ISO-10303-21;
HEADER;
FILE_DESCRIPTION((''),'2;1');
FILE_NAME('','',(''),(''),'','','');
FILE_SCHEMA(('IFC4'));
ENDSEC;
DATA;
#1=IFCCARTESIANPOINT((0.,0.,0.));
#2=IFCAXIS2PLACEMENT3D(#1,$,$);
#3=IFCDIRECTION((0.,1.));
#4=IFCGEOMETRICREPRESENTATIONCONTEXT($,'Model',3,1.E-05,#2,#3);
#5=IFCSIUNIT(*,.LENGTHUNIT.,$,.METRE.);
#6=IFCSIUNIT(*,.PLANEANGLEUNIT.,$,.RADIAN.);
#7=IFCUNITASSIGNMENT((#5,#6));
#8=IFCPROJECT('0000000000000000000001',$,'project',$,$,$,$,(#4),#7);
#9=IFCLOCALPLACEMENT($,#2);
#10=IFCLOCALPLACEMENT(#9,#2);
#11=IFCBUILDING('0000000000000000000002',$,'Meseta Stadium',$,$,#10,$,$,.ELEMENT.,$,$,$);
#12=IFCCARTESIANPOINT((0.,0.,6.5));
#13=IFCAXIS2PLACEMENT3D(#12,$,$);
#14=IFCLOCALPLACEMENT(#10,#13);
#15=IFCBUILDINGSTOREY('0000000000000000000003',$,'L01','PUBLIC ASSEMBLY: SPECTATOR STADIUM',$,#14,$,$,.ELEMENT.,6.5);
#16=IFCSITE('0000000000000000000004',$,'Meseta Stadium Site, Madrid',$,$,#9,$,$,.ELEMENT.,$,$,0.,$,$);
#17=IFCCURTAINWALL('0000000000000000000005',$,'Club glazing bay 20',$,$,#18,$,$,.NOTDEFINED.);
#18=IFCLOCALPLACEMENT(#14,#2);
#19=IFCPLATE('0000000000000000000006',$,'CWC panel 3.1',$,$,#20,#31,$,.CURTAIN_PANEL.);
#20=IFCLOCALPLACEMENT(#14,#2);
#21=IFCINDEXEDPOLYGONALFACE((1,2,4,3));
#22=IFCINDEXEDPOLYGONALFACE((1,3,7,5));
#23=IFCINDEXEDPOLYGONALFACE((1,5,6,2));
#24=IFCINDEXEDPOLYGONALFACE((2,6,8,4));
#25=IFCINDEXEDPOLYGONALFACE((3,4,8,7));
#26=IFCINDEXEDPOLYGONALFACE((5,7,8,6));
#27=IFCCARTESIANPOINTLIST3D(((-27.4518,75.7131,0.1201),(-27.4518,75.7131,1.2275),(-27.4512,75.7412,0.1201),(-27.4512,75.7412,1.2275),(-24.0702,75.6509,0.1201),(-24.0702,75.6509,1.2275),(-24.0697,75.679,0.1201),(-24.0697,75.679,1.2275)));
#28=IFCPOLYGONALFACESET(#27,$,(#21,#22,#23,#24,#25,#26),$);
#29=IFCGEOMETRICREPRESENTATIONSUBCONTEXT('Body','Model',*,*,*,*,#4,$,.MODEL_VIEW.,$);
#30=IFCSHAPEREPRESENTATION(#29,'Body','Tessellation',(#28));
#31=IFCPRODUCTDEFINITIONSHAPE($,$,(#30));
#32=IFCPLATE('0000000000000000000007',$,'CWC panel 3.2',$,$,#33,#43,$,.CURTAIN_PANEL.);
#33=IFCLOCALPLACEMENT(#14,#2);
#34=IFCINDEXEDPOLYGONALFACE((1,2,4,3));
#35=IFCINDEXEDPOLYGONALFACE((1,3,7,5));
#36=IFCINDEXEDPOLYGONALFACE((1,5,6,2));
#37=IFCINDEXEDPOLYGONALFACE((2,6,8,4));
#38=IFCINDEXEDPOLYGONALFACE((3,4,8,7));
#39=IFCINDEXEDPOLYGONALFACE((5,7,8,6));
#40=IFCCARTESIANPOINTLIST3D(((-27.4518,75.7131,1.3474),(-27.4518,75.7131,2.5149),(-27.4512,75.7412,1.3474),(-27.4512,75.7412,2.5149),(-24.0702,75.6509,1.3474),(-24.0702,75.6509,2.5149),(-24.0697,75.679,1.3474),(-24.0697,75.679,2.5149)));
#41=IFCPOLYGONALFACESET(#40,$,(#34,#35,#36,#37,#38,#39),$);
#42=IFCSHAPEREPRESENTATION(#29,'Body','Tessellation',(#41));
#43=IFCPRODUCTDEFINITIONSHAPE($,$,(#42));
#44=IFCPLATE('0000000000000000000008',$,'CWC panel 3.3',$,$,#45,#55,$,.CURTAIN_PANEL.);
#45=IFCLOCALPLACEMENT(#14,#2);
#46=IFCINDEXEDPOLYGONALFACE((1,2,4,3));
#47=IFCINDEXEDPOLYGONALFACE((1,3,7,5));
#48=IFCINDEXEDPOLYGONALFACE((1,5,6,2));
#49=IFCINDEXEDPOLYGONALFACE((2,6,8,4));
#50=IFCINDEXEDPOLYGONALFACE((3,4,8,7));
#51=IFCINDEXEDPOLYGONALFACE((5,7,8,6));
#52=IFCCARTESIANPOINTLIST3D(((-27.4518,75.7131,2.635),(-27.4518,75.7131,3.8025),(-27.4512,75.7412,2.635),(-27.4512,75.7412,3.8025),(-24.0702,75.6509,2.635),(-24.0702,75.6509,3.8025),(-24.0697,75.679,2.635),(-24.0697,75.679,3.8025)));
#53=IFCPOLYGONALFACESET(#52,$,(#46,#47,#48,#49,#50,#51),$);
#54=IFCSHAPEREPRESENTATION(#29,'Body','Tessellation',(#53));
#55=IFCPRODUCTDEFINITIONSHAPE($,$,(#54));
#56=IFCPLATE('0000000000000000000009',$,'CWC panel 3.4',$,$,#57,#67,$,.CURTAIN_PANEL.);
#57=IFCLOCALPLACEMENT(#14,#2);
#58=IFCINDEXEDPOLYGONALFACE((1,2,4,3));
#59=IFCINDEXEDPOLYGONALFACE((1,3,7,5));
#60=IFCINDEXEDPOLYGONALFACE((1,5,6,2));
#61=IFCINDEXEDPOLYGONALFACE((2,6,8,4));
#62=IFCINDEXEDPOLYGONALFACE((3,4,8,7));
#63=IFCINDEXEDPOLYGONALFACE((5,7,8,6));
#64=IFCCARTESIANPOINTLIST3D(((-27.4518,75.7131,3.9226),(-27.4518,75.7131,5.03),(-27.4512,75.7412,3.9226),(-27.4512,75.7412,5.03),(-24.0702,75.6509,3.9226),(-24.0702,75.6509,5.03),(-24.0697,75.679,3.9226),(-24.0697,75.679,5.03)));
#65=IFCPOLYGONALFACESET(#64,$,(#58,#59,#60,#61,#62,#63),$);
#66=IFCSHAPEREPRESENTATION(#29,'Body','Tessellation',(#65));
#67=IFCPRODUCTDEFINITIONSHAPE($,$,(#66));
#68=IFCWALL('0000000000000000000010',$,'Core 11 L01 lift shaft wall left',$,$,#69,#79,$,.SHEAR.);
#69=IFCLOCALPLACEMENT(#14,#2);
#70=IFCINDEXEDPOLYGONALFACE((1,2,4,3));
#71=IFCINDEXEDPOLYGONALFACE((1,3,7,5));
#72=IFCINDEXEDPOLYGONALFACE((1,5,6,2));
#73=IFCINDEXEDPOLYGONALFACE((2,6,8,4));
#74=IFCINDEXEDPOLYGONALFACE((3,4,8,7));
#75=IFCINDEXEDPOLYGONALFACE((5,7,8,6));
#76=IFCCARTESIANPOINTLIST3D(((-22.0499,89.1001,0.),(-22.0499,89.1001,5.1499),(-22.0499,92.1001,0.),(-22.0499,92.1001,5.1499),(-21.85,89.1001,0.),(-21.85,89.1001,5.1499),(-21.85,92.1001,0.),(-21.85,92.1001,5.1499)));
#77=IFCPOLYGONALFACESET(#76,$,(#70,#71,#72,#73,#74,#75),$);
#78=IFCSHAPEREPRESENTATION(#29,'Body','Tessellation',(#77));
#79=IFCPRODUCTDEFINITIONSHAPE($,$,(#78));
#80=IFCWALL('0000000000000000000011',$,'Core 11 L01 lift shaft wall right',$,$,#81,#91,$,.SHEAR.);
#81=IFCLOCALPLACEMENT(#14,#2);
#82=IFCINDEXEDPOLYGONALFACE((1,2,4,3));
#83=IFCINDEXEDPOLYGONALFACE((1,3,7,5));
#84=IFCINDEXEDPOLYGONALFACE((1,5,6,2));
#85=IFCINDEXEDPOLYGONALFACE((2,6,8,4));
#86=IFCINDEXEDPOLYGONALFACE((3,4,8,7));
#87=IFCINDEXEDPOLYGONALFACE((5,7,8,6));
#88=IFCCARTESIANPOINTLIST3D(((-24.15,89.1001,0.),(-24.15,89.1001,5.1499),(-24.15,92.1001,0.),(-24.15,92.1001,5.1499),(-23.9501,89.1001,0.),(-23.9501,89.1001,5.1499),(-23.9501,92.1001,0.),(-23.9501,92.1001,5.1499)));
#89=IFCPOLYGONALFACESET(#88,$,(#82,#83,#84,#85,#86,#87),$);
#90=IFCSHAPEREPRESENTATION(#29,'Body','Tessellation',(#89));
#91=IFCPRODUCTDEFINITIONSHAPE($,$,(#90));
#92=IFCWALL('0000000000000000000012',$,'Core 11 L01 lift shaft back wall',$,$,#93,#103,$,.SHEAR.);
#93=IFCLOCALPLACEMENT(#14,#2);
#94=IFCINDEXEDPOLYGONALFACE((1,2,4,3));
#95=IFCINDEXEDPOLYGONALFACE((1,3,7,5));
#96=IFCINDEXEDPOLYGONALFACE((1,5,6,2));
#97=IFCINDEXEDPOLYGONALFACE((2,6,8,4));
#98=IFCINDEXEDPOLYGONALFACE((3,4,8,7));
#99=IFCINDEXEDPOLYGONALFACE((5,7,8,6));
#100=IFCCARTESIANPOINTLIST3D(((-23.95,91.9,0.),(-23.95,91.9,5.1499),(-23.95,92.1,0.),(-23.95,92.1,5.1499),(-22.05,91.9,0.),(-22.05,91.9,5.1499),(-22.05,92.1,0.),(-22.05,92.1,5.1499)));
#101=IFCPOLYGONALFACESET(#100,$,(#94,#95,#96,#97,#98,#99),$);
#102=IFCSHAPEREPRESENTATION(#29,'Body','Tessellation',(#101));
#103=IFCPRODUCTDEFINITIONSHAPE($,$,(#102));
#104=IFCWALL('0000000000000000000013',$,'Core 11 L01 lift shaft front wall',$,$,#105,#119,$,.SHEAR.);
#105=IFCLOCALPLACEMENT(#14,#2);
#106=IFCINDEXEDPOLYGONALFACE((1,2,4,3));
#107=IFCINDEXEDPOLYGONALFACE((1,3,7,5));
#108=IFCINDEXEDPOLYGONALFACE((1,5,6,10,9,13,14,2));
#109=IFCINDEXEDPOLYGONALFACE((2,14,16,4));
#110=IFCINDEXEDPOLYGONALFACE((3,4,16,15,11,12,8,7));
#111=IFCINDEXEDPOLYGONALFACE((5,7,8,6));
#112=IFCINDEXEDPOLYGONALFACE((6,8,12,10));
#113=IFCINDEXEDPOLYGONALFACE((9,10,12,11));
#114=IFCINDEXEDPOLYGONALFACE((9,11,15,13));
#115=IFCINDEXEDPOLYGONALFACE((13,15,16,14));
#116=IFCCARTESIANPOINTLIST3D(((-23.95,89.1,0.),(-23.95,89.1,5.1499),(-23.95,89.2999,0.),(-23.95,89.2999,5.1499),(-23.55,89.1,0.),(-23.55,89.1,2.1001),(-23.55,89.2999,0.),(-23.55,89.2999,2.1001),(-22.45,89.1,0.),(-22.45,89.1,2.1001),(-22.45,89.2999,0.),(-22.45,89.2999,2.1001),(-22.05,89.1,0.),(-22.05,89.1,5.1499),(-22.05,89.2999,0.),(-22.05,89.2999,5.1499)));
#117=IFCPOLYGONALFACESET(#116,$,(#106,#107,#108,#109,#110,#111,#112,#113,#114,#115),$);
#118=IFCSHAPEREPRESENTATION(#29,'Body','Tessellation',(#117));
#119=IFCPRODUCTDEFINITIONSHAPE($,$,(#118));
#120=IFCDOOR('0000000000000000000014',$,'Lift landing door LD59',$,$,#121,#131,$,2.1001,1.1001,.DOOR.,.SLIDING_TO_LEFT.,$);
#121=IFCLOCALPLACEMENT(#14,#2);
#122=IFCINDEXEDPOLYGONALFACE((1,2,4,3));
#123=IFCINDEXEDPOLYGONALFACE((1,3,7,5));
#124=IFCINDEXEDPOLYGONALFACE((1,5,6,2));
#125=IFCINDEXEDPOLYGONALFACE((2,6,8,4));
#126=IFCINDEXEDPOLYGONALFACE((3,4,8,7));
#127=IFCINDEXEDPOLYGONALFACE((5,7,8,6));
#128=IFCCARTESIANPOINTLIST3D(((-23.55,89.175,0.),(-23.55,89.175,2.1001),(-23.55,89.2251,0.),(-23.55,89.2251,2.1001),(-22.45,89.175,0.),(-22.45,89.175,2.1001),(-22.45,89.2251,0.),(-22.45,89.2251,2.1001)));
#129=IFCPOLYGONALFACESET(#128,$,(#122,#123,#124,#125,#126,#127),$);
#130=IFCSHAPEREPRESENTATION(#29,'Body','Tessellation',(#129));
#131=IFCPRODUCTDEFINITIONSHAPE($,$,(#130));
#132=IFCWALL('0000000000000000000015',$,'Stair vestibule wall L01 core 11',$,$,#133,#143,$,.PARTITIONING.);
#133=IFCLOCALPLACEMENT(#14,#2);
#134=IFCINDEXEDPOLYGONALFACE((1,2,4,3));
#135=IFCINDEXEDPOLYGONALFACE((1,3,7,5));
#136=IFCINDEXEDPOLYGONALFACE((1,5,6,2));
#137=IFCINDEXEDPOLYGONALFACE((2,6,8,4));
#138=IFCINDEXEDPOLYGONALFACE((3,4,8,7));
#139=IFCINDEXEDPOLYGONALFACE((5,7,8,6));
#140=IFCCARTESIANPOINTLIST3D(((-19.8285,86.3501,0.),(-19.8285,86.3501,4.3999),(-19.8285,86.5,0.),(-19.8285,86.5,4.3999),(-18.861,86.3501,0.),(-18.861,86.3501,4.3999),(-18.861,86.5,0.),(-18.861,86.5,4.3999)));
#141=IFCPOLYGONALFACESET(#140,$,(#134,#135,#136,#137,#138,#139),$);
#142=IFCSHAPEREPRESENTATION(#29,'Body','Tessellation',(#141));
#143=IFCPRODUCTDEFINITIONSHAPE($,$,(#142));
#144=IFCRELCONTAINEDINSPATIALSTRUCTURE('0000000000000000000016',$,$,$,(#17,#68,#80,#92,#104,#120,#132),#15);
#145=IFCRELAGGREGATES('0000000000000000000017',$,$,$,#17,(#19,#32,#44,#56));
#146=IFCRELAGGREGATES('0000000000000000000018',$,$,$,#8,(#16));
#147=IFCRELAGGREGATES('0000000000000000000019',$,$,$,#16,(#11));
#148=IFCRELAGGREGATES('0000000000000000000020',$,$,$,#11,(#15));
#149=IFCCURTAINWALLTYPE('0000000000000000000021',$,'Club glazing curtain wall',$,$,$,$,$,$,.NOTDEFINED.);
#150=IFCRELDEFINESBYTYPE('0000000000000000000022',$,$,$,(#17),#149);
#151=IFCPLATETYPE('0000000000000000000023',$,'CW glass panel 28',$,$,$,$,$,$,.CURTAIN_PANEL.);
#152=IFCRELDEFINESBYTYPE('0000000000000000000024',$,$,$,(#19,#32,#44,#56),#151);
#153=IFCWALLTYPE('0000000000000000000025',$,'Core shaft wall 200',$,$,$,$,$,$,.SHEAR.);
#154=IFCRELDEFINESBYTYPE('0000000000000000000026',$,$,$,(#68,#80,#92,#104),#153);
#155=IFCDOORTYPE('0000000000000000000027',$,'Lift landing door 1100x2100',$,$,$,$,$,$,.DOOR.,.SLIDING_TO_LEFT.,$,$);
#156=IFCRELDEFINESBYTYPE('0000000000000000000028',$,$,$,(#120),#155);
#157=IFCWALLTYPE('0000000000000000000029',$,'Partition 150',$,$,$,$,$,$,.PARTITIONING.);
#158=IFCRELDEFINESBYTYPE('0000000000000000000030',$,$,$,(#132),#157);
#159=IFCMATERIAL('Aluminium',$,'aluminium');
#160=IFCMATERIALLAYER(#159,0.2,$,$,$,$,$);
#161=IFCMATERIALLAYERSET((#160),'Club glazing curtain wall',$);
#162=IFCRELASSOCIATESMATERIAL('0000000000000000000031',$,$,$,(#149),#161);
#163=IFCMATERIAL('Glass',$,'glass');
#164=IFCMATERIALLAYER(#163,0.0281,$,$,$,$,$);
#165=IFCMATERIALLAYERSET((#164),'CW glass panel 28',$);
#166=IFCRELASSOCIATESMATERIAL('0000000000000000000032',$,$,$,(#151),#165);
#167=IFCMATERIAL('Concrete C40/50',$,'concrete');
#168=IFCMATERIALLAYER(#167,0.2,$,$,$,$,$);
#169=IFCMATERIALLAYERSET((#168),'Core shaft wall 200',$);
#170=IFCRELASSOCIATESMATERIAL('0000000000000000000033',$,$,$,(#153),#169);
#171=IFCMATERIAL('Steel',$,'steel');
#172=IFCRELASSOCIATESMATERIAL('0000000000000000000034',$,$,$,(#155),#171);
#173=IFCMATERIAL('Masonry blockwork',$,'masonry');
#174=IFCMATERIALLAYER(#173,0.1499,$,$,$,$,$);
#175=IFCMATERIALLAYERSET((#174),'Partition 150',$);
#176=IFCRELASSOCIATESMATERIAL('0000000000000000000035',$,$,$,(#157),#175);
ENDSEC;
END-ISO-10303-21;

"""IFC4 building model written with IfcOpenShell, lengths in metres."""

from ifc_helpers import new_model, si_unit, direction, frame, frame_2d, origin, origin_2d, place, context, subcontext, project, spatial, rectangle, extrude, material, layer, layer_set, type_object, element, fill, aggregate, save


model = new_model("IFC4")

# Units and contexts
model_context = context("Model", 3, precision=1e-05, world=origin(), true_north=direction((0.0, 1.0)))
body_context = subcontext(model_context, "Body", "Model", "MODEL_VIEW")
ifc_project = project(units=[si_unit("LENGTHUNIT", "METRE"), si_unit("PLANEANGLEUNIT", "RADIAN")], contexts=[model_context])

# Site, building, storey
site_placement = place(None, origin())
site = spatial("IfcSite", under=ifc_project, at=site_placement, Name="Meseta Stadium Site, Madrid", CompositionType="ELEMENT", RefElevation=0.0)
building_placement = place(site_placement, origin())
building = spatial("IfcBuilding", under=site, at=building_placement, Name="Meseta Stadium", CompositionType="ELEMENT")
storey_placement = place(building_placement, frame((0.0, 0.0, 6.5)))
storey = spatial("IfcBuildingStorey", under=building, at=storey_placement, Name="L01", Description="PUBLIC ASSEMBLY: SPECTATOR STADIUM", CompositionType="ELEMENT", Elevation=6.5)

# Curtain wall
ifc_material_1 = material(Name="Aluminium", Category="aluminium")
ifc_layer_1 = layer(ifc_material_1, 0.2)
ifc_layer_set_1 = layer_set([ifc_layer_1], Name="Club glazing curtain wall")
curtain_wall_type = type_object("IfcCurtainWallType", Name="Club glazing curtain wall", PredefinedType="NOTDEFINED", material=ifc_layer_set_1)
curtain_wall_placement = place(storey_placement, origin())
curtain_wall = element("IfcCurtainWall", 1, at=curtain_wall_placement, inside=storey, type_object=curtain_wall_type, Name="Club glazing bay 20", PredefinedType="NOTDEFINED")

# Plates
ifc_material_2 = material(Name="Glass", Category="glass")
ifc_layer_2 = layer(ifc_material_2, 0.0281)
ifc_layer_set_2 = layer_set([ifc_layer_2], Name="CW glass panel 28")
plate_type = type_object("IfcPlateType", Name="CW glass panel 28", PredefinedType="CURTAIN_PANEL", material=ifc_layer_set_2)
plate_1_placement = place(storey_placement, frame((-25.7607, 75.696, 0.1201), z_axis=(0.0, 0.0, 1.0), x_axis=(-0.999831, 0.018384, 0.0)))
plate_1 = element("IfcPlate", 2, at=plate_1_placement, type_object=plate_type, Name="CWC panel 3.1", PredefinedType="CURTAIN_PANEL", context=body_context, shape_type="SweptSolid", body=[
    extrude(rectangle(XDim=3.3821, YDim=0.0281, at=origin_2d()), origin(), (0.0, 0.0, 1.0), 1.1074),
])
plate_2_placement = place(storey_placement, frame((-25.7607, 75.696, 1.3474), z_axis=(0.0, 0.0, 1.0), x_axis=(-0.999831, 0.018384, 0.0)))
plate_2 = element("IfcPlate", 3, at=plate_2_placement, type_object=plate_type, Name="CWC panel 3.2", PredefinedType="CURTAIN_PANEL", context=body_context, shape_type="SweptSolid", body=[
    extrude(rectangle(XDim=3.3821, YDim=0.0281, at=origin_2d()), origin(), (0.0, 0.0, 1.0), 1.1675),
])
plate_3_placement = place(storey_placement, frame((-25.7607, 75.696, 2.635), z_axis=(0.0, 0.0, 1.0), x_axis=(-0.999831, 0.018384, 0.0)))
plate_3 = element("IfcPlate", 4, at=plate_3_placement, type_object=plate_type, Name="CWC panel 3.3", PredefinedType="CURTAIN_PANEL", context=body_context, shape_type="SweptSolid", body=[
    extrude(rectangle(XDim=3.3821, YDim=0.0281, at=origin_2d()), origin(), (0.0, 0.0, 1.0), 1.1675),
])
plate_4_placement = place(storey_placement, frame((-25.7607, 75.696, 3.9226), z_axis=(0.0, 0.0, 1.0), x_axis=(-0.999831, 0.018384, 0.0)))
plate_4 = element("IfcPlate", 5, at=plate_4_placement, type_object=plate_type, Name="CWC panel 3.4", PredefinedType="CURTAIN_PANEL", context=body_context, shape_type="SweptSolid", body=[
    extrude(rectangle(XDim=3.3821, YDim=0.0281, at=origin_2d()), origin(), (0.0, 0.0, 1.0), 1.1074),
])
aggregate(curtain_wall, [plate_1, plate_2, plate_3, plate_4])

# Walls
ifc_material_3 = material(Name="Concrete C40/50", Category="concrete")
ifc_layer_3 = layer(ifc_material_3, 0.2)
ifc_layer_set_3 = layer_set([ifc_layer_3], Name="Core shaft wall 200")
wall_type_1 = type_object("IfcWallType", Name="Core shaft wall 200", PredefinedType="SHEAR", material=ifc_layer_set_3)
for number, where, z_axis, x_axis, name in (
    (6, (-21.95, 92.1001, 0.0), (0.0, 0.0, 1.0), (0.0, -1.0, 0.0), "Core 11 L01 lift shaft wall left"),
    (7, (-24.05, 92.1001, 0.0), (0.0, 0.0, 1.0), (0.0, -1.0, 0.0), "Core 11 L01 lift shaft wall right"),
):
    element("IfcWall", number, at=place(storey_placement, frame(where, z_axis=z_axis, x_axis=x_axis)), inside=storey, type_object=wall_type_1, Name=name, PredefinedType="SHEAR", context=body_context, shape_type="SweptSolid", body=[
        extrude(rectangle(XDim=3.0, YDim=0.2, at=frame_2d((1.5, 0.0))), origin(), (0.0, 0.0, 1.0), 5.1499),
    ])
wall_1_placement = place(storey_placement, frame((-22.05, 92.0, 0.0), z_axis=(0.0, 0.0, 1.0), x_axis=(-1.0, 0.0, 0.0)))
element("IfcWall", 8, at=wall_1_placement, inside=storey, type_object=wall_type_1, Name="Core 11 L01 lift shaft back wall", PredefinedType="SHEAR", context=body_context, shape_type="SweptSolid", body=[
    extrude(rectangle(XDim=1.8999, YDim=0.2, at=frame_2d((0.95, 0.0))), origin(), (0.0, 0.0, 1.0), 5.1499),
])

# Wall, opening, door
wall_2_placement = place(storey_placement, frame((-22.05, 89.2, 0.0), z_axis=(0.0, 0.0, 1.0), x_axis=(-1.0, 0.0, 0.0)))
wall_2 = element("IfcWall", 9, at=wall_2_placement, inside=storey, type_object=wall_type_1, Name="Core 11 L01 lift shaft front wall", PredefinedType="SHEAR", context=body_context, shape_type="SweptSolid", body=[
    extrude(rectangle(XDim=1.8999, YDim=0.2, at=frame_2d((0.95, 0.0))), origin(), (0.0, 0.0, 1.0), 5.1499),
])
opening_placement = place(wall_2_placement, frame((0.3999, 0.0, 0.0)))
opening = element("IfcOpeningElement", 10, at=opening_placement, cuts=wall_2, PredefinedType="OPENING", context=body_context, shape_type="SweptSolid", body=[
    extrude(rectangle(XDim=1.1001, YDim=2.1001, at=frame_2d((0.55, 1.05))), frame((0.0, 0.1099, 0.0), z_axis=(0.0, -1.0, 0.0), x_axis=(1.0, 0.0, 0.0)), (0.0, 0.0, 1.0), 0.22),
])
ifc_material_4 = material(Name="Steel", Category="steel")
door_type = type_object("IfcDoorType", Name="Lift landing door 1100x2100", OperationType="SLIDING_TO_LEFT", PredefinedType="DOOR", material=ifc_material_4)
door_placement = place(opening_placement, origin())
door = element("IfcDoor", 11, at=door_placement, inside=storey, type_object=door_type, Name="Lift landing door LD59", OperationType="SLIDING_TO_LEFT", OverallHeight=2.1001, OverallWidth=1.1001, PredefinedType="DOOR", context=body_context, shape_type="SweptSolid", body=[
    extrude(rectangle(XDim=1.1001, YDim=2.1001, at=frame_2d((0.55, 1.05))), frame((0.0, 0.0249, 0.0), z_axis=(0.0, -1.0, 0.0), x_axis=(1.0, 0.0, 0.0)), (0.0, 0.0, 1.0), 0.05),
])
fill(opening, door)

# Wall
ifc_material_5 = material(Name="Masonry blockwork", Category="masonry")
ifc_layer_4 = layer(ifc_material_5, 0.1499)
ifc_layer_set_4 = layer_set([ifc_layer_4], Name="Partition 150")
wall_type_2 = type_object("IfcWallType", Name="Partition 150", PredefinedType="PARTITIONING", material=ifc_layer_set_4)
wall_3_placement = place(storey_placement, frame((-19.8286, 86.425, 0.0), z_axis=(0.0, 0.0, 1.0), x_axis=(1.0, 0.0, 0.0)))
element("IfcWall", 12, at=wall_3_placement, inside=storey, type_object=wall_type_2, Name="Stair vestibule wall L01 core 11", PredefinedType="PARTITIONING", context=body_context, shape_type="SweptSolid", body=[
    extrude(rectangle(XDim=0.9675, YDim=0.1499, at=frame_2d((0.4839, 0.0))), origin(), (0.0, 0.0, 1.0), 4.3999),
])

save(model, "model.ifc")
